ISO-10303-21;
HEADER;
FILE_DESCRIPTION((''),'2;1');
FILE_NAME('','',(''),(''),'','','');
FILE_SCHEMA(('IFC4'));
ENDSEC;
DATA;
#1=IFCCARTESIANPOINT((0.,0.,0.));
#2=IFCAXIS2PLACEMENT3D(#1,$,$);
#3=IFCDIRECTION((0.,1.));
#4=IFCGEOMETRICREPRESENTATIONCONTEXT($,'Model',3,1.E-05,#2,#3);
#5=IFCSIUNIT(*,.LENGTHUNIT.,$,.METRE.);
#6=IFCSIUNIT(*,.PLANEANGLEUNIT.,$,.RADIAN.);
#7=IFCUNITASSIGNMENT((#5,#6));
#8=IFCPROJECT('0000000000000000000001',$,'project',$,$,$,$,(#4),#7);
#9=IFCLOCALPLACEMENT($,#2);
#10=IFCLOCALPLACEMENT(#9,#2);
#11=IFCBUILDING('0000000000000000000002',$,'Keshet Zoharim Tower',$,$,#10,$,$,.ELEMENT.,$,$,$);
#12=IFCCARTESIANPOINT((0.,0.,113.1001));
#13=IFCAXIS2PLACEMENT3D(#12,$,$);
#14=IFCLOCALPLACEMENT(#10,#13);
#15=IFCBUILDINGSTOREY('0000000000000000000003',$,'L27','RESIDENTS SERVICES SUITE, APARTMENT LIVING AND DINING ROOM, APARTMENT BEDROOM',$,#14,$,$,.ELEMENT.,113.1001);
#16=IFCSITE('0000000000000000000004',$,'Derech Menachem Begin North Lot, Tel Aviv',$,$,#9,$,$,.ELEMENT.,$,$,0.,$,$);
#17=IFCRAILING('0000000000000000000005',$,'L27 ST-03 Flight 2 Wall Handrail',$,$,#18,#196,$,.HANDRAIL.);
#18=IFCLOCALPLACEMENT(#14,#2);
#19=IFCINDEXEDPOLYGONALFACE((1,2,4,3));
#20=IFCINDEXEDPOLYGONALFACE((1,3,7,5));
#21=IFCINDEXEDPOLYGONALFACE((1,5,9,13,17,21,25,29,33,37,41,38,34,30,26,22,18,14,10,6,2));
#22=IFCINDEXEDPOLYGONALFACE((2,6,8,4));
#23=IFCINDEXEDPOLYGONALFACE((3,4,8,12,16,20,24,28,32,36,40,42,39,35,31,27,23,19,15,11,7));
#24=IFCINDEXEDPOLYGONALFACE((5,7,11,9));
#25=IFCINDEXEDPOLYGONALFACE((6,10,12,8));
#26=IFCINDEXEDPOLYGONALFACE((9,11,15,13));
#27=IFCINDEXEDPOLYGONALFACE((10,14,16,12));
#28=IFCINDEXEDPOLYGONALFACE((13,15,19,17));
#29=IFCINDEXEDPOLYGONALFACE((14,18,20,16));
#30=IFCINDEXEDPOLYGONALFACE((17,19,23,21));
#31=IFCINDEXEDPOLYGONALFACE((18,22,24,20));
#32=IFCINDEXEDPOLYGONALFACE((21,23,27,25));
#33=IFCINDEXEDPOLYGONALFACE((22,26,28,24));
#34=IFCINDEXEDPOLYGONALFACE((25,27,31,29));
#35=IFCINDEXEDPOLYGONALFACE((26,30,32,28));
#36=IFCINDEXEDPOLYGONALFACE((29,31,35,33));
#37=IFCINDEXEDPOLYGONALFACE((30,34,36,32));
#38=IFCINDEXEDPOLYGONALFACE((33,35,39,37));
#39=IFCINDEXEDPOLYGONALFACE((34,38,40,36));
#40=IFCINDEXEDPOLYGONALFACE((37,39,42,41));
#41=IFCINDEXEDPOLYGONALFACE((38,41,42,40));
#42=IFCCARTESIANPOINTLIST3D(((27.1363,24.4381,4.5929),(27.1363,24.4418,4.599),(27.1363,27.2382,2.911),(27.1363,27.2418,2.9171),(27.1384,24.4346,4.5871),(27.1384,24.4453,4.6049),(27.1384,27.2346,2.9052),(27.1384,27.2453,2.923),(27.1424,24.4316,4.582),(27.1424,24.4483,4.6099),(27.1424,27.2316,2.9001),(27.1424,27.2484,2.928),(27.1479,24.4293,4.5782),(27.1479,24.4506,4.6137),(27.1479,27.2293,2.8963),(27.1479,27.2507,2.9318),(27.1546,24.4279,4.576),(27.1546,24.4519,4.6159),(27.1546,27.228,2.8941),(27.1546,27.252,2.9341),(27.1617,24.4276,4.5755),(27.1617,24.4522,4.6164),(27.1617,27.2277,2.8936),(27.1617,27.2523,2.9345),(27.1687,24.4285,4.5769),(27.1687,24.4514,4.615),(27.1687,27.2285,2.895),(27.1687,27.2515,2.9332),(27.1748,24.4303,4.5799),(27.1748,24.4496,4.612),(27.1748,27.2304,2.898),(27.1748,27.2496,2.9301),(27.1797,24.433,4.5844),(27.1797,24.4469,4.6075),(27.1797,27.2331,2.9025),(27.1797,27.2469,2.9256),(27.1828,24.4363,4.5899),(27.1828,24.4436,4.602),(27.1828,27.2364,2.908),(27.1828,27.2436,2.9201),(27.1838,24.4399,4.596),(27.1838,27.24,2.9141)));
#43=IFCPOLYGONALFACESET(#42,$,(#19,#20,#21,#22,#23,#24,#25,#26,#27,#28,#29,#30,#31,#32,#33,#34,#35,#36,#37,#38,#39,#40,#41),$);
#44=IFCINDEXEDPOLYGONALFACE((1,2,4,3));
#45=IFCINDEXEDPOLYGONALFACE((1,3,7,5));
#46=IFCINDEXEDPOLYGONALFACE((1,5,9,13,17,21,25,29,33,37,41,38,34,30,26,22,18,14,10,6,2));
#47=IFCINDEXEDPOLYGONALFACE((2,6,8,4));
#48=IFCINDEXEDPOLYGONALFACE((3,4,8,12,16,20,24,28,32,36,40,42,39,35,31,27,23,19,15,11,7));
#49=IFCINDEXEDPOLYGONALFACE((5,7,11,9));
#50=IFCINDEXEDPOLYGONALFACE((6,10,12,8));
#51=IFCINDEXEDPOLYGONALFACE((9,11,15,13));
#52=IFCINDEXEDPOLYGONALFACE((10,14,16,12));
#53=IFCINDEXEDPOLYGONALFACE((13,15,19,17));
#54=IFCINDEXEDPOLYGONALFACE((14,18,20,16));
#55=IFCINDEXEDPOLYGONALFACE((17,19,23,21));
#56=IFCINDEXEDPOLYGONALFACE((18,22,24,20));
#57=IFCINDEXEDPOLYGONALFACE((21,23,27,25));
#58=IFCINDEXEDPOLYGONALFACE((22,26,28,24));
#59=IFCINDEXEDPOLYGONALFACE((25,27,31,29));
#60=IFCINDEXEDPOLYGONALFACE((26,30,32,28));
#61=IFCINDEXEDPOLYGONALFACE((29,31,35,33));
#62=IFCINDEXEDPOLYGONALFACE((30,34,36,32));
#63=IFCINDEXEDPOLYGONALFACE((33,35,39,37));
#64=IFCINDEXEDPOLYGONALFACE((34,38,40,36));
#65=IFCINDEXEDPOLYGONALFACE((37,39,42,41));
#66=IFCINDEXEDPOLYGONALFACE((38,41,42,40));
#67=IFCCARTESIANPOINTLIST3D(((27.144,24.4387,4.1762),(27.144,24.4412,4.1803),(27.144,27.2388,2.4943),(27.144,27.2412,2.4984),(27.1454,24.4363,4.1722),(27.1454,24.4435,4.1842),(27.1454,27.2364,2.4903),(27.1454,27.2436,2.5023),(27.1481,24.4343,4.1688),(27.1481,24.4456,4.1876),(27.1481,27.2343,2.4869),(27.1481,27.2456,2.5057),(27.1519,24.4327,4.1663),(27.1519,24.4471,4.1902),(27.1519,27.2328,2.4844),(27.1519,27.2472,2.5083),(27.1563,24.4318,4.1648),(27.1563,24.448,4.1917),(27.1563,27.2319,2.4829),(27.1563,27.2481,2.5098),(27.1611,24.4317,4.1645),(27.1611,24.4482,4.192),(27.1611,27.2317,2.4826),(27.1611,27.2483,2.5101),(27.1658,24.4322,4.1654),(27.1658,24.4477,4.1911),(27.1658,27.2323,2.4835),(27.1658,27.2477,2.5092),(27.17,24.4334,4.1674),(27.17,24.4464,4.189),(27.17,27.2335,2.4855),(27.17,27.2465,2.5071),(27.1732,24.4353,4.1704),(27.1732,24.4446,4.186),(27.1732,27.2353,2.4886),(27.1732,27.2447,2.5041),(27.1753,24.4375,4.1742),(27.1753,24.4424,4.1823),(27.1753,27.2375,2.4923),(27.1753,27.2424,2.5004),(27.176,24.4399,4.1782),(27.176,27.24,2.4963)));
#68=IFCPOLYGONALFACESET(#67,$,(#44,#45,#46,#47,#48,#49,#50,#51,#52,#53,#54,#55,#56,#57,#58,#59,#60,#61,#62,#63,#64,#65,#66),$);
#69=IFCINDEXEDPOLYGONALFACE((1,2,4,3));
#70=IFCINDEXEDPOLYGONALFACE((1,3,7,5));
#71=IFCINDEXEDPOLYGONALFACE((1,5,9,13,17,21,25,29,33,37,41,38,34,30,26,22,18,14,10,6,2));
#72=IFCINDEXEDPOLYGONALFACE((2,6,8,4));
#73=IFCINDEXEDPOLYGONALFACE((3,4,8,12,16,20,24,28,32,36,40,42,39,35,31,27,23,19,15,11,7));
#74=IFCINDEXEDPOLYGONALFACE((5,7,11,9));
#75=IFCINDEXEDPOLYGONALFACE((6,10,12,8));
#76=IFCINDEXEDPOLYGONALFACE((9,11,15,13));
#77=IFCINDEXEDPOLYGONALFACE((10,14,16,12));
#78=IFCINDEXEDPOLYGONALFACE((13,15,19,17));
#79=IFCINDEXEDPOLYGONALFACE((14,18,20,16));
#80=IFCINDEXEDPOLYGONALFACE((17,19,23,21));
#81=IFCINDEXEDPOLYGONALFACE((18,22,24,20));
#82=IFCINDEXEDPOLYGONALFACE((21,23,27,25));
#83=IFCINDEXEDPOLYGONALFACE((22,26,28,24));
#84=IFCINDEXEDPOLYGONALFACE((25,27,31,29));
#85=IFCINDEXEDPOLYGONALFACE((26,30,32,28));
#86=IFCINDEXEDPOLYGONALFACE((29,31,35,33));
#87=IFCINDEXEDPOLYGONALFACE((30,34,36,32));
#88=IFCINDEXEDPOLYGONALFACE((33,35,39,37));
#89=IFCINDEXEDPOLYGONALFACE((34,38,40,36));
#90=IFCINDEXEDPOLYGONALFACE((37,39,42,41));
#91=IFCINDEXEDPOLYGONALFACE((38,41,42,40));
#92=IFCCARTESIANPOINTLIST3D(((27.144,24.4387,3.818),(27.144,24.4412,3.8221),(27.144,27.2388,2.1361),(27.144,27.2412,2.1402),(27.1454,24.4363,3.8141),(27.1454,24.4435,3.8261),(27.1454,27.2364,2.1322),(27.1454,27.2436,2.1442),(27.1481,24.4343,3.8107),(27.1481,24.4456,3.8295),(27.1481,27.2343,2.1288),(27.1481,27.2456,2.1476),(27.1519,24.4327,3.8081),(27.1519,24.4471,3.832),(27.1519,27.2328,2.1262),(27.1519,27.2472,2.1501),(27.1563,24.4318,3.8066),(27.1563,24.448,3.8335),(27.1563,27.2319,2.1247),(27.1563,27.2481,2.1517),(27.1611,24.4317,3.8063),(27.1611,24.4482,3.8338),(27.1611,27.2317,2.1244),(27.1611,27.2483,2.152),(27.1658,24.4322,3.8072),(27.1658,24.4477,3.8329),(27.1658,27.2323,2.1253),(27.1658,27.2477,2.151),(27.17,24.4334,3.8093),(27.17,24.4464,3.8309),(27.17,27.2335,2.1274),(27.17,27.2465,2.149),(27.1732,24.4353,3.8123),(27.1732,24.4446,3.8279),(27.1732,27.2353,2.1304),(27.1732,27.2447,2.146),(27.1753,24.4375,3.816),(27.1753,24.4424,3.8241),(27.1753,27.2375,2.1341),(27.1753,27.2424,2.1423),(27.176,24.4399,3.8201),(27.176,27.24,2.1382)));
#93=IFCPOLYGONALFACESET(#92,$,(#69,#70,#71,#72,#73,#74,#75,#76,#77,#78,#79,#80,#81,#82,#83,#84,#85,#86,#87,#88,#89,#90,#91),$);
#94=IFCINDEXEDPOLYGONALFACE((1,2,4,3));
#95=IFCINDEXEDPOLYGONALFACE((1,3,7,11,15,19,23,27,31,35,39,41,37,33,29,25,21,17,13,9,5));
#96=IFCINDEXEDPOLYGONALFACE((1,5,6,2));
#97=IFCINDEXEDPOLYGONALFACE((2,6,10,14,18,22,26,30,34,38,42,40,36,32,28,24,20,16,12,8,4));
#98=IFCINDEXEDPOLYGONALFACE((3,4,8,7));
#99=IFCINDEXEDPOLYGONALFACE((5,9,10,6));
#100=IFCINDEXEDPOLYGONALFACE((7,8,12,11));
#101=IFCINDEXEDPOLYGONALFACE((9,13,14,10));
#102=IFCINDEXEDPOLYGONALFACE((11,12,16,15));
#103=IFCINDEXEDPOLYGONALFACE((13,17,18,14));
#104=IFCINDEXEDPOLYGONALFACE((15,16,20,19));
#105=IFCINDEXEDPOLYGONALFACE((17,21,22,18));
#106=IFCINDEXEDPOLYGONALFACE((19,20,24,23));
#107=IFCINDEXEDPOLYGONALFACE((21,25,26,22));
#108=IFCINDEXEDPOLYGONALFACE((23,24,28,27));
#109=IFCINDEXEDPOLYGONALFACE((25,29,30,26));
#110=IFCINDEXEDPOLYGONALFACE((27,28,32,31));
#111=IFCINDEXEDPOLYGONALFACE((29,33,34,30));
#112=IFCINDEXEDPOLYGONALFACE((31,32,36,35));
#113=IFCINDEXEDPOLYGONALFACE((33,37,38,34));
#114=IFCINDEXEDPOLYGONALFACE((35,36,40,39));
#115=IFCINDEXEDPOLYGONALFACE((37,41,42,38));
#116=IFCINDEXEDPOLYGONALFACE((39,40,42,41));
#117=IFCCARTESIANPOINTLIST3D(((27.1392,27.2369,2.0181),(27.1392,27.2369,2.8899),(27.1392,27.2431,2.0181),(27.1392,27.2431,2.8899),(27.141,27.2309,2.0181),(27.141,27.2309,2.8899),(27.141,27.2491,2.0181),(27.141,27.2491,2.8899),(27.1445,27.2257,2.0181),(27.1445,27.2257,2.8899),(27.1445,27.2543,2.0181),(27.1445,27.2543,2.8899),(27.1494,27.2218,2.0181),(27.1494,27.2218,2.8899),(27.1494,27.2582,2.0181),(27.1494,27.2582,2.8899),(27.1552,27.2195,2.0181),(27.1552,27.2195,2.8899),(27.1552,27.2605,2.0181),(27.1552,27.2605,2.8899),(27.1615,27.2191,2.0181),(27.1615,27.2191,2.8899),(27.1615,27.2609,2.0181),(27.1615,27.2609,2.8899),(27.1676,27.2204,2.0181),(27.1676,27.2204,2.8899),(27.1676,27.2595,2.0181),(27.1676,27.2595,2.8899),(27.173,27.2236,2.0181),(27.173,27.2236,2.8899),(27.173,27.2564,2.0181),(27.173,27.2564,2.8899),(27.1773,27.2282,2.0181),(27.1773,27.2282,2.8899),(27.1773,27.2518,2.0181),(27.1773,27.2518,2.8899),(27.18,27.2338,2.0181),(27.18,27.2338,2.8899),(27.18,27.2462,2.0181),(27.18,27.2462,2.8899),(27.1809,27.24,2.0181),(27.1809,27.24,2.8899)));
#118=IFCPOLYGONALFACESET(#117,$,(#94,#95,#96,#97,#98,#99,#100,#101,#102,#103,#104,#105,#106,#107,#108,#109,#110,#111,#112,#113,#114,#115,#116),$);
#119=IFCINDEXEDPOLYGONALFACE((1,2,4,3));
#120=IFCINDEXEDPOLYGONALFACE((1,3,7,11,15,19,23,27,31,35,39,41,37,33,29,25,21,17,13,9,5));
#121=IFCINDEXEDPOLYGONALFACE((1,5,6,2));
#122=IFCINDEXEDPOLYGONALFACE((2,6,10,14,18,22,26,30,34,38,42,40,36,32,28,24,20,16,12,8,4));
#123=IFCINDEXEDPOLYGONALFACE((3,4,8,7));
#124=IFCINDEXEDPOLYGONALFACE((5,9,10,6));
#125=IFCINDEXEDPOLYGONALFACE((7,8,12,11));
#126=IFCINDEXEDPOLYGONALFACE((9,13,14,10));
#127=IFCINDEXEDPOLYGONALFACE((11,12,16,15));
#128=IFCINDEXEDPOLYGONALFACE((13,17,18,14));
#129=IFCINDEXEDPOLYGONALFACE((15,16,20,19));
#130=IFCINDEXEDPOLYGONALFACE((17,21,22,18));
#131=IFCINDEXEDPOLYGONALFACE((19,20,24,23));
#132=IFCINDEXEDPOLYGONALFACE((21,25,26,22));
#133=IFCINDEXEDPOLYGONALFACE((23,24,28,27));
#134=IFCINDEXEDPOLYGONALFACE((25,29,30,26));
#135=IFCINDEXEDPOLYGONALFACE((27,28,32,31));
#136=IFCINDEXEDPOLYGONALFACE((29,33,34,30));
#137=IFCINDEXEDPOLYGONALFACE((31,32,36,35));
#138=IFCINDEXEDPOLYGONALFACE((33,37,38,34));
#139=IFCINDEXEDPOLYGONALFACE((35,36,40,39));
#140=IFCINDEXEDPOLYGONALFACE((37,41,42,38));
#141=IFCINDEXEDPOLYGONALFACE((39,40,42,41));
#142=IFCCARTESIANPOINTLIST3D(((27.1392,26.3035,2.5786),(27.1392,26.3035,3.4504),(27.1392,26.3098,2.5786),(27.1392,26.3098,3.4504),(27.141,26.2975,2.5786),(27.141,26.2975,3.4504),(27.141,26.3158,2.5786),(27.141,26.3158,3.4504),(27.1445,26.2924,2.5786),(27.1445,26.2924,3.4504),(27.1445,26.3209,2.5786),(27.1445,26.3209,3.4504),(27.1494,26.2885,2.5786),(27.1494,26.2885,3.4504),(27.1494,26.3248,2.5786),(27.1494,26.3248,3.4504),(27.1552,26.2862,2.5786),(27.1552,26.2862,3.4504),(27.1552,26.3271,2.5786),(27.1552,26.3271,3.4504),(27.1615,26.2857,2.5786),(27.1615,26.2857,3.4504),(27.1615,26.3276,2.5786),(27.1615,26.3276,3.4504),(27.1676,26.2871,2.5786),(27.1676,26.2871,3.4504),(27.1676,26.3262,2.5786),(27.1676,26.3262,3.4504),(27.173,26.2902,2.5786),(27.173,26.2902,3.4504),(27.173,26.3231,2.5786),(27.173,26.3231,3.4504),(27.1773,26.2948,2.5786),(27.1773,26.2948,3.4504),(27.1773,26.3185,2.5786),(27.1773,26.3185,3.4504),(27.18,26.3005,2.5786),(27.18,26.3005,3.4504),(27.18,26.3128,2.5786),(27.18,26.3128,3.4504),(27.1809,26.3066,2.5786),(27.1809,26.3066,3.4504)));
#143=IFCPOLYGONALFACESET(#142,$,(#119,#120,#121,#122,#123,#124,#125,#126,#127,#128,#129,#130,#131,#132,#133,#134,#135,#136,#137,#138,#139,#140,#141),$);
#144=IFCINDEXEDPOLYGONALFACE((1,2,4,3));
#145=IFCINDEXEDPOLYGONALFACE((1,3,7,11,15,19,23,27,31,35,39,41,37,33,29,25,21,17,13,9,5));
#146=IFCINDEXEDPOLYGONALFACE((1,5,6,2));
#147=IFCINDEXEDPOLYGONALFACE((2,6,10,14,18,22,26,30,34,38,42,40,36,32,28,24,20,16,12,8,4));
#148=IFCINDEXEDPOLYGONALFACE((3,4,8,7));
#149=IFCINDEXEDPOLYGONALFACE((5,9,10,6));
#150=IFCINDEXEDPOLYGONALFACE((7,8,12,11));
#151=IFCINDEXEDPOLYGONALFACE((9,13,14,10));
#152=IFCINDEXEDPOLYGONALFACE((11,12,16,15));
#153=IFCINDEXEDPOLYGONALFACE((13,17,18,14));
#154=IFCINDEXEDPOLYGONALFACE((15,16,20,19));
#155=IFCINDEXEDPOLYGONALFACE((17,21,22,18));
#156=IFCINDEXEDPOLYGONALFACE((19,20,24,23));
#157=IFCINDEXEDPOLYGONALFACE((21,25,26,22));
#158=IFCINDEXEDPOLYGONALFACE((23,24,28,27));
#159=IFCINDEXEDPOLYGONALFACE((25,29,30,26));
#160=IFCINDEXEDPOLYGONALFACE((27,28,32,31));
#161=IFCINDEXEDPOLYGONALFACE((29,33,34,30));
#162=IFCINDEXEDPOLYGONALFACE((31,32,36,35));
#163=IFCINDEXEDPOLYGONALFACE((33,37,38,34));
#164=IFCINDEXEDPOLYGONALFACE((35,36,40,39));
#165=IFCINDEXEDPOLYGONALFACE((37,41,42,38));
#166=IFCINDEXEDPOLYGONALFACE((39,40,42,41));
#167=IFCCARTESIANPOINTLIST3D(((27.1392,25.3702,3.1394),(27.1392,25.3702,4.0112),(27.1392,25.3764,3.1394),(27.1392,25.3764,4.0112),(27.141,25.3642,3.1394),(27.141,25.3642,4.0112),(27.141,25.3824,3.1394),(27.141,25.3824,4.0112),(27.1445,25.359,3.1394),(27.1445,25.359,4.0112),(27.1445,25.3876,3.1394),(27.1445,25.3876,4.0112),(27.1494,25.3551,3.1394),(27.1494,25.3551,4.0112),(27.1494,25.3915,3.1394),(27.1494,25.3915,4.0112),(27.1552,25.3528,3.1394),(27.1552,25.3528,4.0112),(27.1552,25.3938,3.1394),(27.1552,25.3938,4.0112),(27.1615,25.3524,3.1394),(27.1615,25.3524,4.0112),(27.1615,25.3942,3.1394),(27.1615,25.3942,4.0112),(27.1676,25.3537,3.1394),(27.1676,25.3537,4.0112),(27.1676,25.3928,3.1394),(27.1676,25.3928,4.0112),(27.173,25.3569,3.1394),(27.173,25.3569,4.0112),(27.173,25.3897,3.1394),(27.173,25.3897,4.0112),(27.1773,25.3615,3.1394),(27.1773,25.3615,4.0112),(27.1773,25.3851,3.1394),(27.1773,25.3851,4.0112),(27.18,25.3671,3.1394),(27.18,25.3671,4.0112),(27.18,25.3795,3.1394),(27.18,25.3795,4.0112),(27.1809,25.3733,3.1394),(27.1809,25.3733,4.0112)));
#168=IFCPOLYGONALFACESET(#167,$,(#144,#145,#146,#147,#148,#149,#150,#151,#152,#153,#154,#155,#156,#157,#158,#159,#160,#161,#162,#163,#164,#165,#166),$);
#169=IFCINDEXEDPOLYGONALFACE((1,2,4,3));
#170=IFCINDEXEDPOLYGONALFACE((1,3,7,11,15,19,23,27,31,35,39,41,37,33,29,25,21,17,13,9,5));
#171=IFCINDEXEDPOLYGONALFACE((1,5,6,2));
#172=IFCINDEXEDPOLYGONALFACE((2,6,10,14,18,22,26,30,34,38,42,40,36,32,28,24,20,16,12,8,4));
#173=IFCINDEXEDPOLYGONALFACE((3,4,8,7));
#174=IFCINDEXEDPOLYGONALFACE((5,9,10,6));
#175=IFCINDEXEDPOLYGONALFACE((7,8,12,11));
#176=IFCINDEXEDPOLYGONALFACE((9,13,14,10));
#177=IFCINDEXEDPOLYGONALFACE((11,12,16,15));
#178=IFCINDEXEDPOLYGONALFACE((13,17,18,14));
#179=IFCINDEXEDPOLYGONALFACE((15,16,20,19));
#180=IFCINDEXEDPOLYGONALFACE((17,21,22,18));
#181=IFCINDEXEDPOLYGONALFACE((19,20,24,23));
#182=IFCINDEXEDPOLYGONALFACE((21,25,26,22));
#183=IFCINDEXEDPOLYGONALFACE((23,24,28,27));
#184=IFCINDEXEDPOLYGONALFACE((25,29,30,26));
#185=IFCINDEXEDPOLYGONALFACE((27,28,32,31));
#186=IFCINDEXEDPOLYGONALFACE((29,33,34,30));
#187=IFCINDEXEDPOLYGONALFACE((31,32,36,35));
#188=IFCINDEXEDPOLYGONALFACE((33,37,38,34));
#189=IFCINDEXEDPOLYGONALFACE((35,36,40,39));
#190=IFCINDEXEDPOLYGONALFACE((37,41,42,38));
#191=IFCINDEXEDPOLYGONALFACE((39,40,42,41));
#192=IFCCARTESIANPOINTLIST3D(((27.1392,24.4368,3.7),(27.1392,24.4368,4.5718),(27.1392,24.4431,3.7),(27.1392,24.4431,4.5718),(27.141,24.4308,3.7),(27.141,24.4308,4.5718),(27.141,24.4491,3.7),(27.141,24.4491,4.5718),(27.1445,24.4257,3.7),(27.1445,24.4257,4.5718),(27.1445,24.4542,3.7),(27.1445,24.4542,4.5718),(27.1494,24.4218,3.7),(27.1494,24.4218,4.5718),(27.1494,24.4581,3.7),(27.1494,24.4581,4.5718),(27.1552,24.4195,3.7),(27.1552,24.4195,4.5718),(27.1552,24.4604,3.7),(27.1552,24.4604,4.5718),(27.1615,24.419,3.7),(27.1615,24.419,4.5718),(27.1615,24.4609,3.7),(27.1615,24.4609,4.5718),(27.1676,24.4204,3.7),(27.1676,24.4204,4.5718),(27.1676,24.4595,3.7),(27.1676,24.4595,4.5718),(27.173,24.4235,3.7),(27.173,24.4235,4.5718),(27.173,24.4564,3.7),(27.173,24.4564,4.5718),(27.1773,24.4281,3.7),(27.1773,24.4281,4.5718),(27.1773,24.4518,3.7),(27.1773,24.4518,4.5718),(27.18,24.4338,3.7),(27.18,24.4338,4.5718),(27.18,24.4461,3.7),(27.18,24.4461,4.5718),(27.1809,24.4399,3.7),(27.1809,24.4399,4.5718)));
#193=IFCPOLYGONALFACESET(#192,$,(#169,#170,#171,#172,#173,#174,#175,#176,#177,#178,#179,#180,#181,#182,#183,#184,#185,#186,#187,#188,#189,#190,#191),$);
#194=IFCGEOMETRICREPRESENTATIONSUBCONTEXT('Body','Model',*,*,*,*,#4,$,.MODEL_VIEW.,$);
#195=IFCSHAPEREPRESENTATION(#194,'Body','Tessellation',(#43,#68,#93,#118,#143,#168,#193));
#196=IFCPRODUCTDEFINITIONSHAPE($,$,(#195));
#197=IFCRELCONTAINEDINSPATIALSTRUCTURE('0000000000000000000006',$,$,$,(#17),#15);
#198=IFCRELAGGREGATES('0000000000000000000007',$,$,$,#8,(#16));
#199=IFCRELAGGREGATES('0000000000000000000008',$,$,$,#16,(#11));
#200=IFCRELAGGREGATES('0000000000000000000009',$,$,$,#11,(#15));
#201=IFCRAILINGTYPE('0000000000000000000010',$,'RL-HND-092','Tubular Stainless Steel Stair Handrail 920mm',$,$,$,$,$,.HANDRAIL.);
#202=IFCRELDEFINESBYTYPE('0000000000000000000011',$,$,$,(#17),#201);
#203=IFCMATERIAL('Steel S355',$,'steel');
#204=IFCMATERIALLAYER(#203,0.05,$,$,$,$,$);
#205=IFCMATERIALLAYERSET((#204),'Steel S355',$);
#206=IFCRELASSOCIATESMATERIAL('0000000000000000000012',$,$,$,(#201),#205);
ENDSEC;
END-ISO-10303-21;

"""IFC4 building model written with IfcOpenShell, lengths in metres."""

from ifc_helpers import new_model, si_unit, direction, frame, origin, origin_2d, place, context, subcontext, project, spatial, circle, extrude, material, layer, layer_set, type_object, element, save


model = new_model("IFC4")

# Units and contexts
model_context = context("Model", 3, precision=1e-05, world=origin(), true_north=direction((0.0, 1.0)))
body_context = subcontext(model_context, "Body", "Model", "MODEL_VIEW")
ifc_project = project(units=[si_unit("LENGTHUNIT", "METRE"), si_unit("PLANEANGLEUNIT", "RADIAN")], contexts=[model_context])

# Site, building, storey
site_placement = place(None, origin())
site = spatial("IfcSite", under=ifc_project, at=site_placement, Name="Derech Menachem Begin North Lot, Tel Aviv", CompositionType="ELEMENT", RefElevation=0.0)
building_placement = place(site_placement, origin())
building = spatial("IfcBuilding", under=site, at=building_placement, Name="Keshet Zoharim Tower", CompositionType="ELEMENT")
storey_placement = place(building_placement, frame((0.0, 0.0, 113.1001)))
storey = spatial("IfcBuildingStorey", under=building, at=storey_placement, Name="L27", Description="RESIDENTS SERVICES SUITE, APARTMENT LIVING AND DINING ROOM, APARTMENT BEDROOM", CompositionType="ELEMENT", Elevation=113.1001)

# Shared definitions
ifc_material_1 = material(Name="Steel S355", Category="steel")

# Railing
ifc_layer_1 = layer(ifc_material_1, 0.05)
ifc_layer_set_1 = layer_set([ifc_layer_1], Name="Steel S355")
railing_type = type_object("IfcRailingType", Name="RL-HND-092", Description="Tubular Stainless Steel Stair Handrail 920mm", PredefinedType="HANDRAIL", material=ifc_layer_set_1)
railing_placement = place(storey_placement, frame((27.1599, 27.24, 2.0181)))
element("IfcRailing", 1, at=railing_placement, inside=storey, type_object=railing_type, Name="L27 ST-03 Flight 2 Wall Handrail", PredefinedType="HANDRAIL", context=body_context, shape_type="SweptSolid", body=[
    extrude(circle(Radius=0.0239, at=origin_2d()), frame((0.0, 0.0, 0.896), z_axis=(0.0, -0.857242, 0.514913), x_axis=(1.0, 0.0, 0.0)), (0.0, 0.0, 1.0), 3.2664),
    extrude(circle(Radius=0.0161, at=origin_2d()), frame((0.0, 0.0, 0.4783), z_axis=(0.0, -0.857242, 0.514913), x_axis=(1.0, 0.0, 0.0)), (0.0, 0.0, 1.0), 3.2664),
    extrude(circle(Radius=0.0161, at=origin_2d()), frame((0.0, 0.0, 0.1201), z_axis=(0.0, -0.857242, 0.514913), x_axis=(1.0, 0.0, 0.0)), (0.0, 0.0, 1.0), 3.2664),
    extrude(circle(Radius=0.021, at=origin_2d()), origin(), (0.0, 0.0, 1.0), 0.8718),
    extrude(circle(Radius=0.021, at=origin_2d()), frame((0.0, -0.9333, 0.5605)), (0.0, 0.0, 1.0), 0.8718),
    extrude(circle(Radius=0.021, at=origin_2d()), frame((0.0, -1.8667, 1.1213)), (0.0, 0.0, 1.0), 0.8718),
    extrude(circle(Radius=0.021, at=origin_2d()), frame((0.0, -2.8, 1.6819)), (0.0, 0.0, 1.0), 0.8718),
])

save(model, "model.ifc")
